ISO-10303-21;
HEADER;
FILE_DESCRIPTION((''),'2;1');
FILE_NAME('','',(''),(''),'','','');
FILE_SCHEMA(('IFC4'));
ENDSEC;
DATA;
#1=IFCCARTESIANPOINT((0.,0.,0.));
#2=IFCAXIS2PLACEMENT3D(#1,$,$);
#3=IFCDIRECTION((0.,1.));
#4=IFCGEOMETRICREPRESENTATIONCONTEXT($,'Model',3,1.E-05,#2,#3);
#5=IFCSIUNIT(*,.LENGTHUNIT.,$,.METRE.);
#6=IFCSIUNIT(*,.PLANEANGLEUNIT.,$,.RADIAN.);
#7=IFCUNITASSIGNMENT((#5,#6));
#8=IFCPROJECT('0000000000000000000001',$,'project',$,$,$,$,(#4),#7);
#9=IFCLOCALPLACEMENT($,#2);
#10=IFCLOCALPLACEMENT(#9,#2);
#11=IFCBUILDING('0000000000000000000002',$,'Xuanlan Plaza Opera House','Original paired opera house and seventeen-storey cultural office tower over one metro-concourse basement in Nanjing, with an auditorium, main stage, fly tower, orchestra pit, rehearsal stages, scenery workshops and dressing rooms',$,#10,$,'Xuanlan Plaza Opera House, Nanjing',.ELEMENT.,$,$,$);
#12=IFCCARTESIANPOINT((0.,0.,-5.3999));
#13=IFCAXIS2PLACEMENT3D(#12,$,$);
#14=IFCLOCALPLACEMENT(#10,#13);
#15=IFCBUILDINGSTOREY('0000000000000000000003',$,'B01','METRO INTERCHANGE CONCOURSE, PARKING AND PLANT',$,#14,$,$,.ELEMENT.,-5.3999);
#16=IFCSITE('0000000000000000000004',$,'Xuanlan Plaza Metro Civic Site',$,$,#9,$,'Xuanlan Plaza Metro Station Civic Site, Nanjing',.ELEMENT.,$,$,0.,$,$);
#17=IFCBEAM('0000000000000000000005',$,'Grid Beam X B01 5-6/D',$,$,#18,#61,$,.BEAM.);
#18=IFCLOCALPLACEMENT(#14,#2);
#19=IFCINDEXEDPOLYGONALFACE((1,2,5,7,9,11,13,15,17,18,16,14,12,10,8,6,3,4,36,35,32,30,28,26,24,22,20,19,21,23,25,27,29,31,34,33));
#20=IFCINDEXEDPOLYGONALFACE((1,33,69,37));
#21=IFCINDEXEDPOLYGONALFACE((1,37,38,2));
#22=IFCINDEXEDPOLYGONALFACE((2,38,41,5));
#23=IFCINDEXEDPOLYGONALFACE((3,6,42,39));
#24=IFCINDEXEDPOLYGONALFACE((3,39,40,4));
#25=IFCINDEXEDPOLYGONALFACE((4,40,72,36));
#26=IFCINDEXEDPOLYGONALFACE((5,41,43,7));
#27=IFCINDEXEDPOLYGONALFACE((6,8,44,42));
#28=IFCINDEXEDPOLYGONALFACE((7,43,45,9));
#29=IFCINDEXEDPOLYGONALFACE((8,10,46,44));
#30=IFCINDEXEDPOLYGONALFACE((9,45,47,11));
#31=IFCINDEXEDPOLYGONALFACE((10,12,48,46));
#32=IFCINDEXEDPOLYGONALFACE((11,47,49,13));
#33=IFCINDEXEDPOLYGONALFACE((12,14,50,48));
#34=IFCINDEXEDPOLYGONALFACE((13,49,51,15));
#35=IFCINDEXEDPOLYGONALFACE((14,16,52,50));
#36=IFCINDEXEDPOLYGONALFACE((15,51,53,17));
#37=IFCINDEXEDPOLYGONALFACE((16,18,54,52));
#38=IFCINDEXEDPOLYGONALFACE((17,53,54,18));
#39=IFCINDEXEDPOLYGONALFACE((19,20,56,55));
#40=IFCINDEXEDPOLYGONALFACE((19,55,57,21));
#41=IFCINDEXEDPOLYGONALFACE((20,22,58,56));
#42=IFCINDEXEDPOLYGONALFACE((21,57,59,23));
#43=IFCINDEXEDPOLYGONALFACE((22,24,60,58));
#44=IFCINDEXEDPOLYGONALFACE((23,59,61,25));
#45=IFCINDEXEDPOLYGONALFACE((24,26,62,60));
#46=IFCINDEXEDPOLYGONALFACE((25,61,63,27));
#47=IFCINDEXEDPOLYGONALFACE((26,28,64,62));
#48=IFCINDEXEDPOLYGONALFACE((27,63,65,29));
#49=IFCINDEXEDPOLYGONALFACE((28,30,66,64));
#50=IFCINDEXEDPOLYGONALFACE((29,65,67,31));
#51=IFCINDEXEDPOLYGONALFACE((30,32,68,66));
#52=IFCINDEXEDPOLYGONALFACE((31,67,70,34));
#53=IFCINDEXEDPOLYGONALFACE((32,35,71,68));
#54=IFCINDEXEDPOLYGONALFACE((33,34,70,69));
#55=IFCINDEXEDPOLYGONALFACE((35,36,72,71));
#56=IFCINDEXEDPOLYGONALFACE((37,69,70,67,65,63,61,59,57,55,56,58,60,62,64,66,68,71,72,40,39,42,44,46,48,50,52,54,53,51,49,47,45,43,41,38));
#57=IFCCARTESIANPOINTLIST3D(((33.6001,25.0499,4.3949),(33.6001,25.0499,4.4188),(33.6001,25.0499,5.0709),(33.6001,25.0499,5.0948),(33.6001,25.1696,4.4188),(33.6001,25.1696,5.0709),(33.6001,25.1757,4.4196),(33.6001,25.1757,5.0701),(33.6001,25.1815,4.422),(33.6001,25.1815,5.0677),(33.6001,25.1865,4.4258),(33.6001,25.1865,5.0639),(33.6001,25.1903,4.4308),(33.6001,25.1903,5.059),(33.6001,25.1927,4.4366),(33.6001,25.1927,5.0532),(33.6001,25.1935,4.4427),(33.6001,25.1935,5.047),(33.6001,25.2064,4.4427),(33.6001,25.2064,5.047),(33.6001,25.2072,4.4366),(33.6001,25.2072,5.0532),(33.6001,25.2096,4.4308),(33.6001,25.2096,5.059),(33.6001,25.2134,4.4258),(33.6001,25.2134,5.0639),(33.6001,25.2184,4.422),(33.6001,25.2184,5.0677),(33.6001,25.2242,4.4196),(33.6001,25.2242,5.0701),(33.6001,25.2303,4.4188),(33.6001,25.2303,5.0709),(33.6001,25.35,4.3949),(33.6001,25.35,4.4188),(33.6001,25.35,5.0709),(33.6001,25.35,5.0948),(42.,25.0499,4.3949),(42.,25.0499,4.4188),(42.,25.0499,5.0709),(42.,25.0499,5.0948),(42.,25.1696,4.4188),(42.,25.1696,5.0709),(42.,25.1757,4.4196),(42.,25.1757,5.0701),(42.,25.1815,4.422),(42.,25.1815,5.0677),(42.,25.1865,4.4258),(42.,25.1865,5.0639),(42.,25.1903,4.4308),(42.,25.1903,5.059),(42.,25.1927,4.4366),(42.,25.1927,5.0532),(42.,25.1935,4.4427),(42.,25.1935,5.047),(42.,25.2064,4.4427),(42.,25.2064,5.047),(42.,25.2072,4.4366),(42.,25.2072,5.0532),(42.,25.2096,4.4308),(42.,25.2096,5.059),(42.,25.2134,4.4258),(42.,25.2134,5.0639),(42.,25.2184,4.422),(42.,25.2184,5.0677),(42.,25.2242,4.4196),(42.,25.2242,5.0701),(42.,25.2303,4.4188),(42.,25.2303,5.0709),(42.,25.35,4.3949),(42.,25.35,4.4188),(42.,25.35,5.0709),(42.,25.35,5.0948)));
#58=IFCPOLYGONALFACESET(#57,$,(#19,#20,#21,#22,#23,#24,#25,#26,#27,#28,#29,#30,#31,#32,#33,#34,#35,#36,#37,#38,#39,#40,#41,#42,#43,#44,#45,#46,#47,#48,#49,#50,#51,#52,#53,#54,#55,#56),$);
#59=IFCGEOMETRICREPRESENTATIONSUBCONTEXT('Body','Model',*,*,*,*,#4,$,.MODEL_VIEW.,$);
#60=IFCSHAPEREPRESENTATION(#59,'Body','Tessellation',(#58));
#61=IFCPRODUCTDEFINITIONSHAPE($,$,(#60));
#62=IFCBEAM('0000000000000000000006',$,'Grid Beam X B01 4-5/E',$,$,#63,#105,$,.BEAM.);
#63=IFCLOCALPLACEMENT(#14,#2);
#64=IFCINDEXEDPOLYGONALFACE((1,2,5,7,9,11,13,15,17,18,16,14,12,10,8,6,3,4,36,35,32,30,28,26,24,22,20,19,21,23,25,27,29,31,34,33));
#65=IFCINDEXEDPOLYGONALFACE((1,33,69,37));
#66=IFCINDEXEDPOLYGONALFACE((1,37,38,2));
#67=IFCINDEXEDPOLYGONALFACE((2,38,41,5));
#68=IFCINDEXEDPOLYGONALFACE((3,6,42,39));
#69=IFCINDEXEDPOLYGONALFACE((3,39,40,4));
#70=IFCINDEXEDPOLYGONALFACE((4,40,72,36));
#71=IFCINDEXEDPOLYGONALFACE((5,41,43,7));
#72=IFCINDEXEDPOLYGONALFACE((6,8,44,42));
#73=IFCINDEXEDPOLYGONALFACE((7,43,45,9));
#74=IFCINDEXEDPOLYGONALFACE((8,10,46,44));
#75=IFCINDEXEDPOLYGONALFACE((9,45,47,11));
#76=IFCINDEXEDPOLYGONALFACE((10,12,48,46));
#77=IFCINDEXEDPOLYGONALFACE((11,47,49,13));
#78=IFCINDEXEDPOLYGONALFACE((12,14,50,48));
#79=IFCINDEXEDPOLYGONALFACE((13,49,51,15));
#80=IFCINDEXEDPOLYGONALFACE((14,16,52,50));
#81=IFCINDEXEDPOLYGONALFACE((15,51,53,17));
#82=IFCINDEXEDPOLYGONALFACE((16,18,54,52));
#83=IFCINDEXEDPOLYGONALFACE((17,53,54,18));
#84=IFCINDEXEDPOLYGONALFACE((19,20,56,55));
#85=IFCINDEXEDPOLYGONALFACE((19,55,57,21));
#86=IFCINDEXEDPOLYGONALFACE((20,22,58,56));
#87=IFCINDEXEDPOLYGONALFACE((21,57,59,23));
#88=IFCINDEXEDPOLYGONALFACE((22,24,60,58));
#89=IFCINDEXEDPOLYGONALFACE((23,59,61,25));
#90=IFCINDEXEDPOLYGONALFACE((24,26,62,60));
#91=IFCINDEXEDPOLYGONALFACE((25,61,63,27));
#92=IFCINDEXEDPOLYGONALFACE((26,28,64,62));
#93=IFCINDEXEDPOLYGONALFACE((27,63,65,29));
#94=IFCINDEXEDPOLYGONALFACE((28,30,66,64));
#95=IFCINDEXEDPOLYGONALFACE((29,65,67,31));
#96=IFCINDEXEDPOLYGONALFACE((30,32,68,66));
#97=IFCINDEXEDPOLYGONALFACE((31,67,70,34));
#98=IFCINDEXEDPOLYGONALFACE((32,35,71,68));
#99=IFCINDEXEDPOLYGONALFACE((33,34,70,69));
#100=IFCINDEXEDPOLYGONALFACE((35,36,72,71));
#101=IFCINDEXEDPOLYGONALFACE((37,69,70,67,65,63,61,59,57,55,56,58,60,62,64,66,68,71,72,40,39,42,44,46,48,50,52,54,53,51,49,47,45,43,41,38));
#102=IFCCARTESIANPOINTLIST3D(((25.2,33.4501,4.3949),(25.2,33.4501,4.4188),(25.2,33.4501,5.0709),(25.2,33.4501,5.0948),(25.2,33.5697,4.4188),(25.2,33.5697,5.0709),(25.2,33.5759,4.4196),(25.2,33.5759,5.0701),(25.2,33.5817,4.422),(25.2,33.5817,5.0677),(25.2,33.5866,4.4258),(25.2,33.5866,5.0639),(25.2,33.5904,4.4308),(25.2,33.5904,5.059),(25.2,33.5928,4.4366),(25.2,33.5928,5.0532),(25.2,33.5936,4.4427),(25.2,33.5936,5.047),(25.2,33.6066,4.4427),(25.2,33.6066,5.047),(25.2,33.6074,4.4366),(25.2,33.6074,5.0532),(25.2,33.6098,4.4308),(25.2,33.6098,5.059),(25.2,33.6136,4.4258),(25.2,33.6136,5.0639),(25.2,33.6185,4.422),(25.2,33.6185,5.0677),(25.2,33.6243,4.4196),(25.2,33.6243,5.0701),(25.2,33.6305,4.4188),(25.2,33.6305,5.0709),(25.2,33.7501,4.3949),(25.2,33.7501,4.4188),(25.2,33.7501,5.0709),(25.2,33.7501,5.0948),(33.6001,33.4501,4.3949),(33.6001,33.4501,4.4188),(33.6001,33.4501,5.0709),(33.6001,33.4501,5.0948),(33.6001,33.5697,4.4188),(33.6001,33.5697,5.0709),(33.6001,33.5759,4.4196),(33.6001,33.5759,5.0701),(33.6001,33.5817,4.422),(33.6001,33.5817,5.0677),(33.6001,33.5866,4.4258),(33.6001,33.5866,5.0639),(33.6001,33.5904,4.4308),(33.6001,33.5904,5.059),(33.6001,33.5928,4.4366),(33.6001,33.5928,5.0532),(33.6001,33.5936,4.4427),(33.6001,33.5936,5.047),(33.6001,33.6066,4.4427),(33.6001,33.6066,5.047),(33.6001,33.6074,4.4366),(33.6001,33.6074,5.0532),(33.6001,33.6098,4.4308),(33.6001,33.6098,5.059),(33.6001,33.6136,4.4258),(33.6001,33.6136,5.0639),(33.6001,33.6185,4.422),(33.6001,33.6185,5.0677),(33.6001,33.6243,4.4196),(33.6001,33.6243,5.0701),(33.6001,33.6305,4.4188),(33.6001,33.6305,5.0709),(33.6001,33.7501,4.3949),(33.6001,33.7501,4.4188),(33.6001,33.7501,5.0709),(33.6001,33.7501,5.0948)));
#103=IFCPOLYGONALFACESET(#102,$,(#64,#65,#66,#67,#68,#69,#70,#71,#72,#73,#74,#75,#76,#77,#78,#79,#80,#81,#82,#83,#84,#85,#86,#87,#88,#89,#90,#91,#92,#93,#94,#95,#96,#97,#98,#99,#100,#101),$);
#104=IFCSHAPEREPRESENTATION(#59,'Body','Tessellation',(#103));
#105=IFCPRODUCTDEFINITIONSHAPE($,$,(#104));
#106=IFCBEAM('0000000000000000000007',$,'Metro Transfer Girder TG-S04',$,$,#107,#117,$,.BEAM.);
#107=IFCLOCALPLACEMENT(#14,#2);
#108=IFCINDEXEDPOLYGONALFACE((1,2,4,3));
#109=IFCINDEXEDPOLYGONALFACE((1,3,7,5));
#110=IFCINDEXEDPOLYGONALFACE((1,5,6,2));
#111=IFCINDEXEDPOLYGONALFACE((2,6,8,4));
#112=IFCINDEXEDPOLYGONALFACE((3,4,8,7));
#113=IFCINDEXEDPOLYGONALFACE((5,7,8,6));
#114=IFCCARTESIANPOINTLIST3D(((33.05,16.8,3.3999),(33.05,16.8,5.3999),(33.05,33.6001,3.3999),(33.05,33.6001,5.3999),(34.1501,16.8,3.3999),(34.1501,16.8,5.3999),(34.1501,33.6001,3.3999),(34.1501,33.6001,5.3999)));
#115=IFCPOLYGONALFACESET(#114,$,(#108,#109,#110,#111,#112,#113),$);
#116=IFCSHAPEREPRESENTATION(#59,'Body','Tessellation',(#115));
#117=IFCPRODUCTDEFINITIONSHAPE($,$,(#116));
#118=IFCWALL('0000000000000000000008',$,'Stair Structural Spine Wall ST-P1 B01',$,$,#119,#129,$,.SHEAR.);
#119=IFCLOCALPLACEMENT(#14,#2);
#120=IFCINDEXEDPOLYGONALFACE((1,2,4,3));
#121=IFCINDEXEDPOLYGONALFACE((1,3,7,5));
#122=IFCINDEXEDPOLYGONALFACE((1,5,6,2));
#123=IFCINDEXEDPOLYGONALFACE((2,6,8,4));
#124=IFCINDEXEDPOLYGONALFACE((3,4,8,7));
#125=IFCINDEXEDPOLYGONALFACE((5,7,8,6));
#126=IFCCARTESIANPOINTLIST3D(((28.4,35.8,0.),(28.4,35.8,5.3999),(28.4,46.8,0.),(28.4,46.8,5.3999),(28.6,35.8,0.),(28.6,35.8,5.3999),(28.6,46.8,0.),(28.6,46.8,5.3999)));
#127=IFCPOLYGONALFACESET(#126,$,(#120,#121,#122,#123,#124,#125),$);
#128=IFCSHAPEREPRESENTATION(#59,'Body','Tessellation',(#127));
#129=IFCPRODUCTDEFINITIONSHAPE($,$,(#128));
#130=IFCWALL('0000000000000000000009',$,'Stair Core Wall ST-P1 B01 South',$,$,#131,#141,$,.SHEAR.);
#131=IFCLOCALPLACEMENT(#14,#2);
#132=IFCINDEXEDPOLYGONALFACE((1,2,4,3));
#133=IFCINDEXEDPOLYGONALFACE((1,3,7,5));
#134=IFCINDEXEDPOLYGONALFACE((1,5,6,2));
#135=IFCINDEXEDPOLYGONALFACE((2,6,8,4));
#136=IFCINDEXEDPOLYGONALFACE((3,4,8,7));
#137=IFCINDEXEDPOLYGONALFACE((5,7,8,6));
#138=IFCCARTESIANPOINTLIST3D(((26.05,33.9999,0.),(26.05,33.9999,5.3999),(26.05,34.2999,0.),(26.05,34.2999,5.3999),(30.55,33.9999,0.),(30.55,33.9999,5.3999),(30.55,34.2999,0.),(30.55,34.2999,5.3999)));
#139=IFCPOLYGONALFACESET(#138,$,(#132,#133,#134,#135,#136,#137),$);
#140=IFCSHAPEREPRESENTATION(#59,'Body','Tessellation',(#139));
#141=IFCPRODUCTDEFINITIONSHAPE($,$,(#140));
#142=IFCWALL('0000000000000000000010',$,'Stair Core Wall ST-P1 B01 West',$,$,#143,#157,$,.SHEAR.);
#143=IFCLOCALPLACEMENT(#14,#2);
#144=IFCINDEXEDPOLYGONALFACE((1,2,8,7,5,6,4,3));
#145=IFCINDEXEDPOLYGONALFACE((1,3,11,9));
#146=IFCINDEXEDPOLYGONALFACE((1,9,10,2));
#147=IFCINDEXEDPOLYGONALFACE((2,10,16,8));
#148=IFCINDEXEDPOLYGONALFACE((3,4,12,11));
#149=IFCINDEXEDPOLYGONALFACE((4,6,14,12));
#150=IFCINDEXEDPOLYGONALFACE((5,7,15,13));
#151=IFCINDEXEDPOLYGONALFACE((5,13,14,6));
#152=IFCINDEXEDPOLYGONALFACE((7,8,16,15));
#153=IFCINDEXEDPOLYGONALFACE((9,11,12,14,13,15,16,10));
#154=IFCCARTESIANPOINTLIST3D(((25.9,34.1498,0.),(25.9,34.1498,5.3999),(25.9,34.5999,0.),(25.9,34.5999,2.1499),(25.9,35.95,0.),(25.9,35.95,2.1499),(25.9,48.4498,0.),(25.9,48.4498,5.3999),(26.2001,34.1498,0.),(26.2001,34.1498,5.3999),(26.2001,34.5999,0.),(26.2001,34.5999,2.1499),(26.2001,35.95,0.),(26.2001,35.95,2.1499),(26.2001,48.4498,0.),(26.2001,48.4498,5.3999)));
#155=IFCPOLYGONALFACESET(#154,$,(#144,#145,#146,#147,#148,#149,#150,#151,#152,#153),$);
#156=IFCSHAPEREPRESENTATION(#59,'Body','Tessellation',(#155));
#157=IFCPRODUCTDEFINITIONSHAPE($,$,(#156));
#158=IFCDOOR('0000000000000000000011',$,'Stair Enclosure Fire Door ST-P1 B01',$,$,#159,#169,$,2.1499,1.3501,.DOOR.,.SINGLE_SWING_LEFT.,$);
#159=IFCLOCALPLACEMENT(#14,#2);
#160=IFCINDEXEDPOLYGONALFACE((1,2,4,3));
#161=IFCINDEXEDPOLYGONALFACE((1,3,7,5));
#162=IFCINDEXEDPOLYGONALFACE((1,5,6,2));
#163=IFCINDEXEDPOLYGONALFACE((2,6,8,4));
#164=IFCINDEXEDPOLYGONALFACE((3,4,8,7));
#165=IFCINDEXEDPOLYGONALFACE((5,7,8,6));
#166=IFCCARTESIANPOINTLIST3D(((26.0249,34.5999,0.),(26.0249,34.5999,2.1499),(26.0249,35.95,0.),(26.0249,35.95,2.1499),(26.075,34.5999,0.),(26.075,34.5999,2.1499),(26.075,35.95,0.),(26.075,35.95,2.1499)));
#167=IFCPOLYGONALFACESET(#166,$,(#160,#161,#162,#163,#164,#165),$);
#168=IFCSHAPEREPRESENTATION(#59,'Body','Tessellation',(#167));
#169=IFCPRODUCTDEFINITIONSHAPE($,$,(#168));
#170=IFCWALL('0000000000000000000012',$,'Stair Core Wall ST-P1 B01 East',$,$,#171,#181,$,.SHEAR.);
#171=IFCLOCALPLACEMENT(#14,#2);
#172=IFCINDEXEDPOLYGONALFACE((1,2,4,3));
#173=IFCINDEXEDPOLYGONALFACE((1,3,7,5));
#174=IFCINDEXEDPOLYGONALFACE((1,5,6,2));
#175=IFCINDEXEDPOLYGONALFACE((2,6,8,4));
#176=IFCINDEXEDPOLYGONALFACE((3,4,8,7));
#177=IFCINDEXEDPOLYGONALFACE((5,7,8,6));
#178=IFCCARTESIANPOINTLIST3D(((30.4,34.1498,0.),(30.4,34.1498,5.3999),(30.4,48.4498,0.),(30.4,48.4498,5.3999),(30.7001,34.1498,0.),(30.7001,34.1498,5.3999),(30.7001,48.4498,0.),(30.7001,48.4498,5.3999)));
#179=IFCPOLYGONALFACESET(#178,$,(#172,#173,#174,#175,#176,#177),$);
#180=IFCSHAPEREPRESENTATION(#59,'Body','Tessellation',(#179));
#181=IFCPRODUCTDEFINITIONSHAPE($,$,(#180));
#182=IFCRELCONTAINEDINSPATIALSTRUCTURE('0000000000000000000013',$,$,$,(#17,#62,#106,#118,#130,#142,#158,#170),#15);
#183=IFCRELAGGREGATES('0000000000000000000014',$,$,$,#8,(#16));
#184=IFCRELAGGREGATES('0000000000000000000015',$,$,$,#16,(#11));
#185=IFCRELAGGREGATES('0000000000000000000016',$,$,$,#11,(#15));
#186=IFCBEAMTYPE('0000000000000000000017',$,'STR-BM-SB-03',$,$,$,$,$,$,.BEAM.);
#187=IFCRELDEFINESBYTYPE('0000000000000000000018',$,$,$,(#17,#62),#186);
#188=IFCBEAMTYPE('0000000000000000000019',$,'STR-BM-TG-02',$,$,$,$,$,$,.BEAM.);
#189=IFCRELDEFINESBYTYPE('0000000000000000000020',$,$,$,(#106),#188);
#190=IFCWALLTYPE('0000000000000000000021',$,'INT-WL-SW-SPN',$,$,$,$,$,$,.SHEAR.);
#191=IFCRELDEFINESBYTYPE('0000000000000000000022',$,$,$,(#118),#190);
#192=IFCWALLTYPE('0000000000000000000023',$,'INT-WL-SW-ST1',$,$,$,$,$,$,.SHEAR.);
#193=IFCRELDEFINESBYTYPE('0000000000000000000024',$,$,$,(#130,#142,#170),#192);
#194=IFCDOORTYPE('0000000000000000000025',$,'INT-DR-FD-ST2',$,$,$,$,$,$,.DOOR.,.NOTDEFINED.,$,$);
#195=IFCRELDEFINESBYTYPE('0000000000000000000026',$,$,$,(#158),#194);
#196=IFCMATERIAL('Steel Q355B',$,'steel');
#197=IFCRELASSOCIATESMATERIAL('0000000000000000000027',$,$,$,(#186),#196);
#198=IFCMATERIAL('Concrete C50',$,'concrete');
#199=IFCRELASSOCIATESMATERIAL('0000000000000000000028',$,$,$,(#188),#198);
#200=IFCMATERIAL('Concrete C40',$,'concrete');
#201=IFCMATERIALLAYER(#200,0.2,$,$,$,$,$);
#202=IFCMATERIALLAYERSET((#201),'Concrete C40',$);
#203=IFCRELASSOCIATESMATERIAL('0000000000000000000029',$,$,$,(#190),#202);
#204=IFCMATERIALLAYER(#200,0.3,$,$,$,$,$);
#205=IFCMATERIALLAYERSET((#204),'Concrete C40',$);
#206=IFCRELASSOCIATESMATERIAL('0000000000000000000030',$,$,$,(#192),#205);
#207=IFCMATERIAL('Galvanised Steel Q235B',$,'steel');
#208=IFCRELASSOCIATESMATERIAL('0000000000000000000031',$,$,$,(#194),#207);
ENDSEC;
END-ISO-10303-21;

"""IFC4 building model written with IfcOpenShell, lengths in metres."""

from ifc_helpers import new_model, si_unit, direction, frame, frame_2d, origin, origin_2d, place, context, subcontext, project, spatial, rectangle, i_section, extrude, material, layer, layer_set, material_profile, profile_set, type_object, element, fill, save


model = new_model("IFC4")

# Units and contexts
model_context = context("Model", 3, precision=1e-05, world=origin(), true_north=direction((0.0, 1.0)))
body_context = subcontext(model_context, "Body", "Model", "MODEL_VIEW")
ifc_project = project(units=[si_unit("LENGTHUNIT", "METRE"), si_unit("PLANEANGLEUNIT", "RADIAN")], contexts=[model_context])

# Site, building, storey
site_placement = place(None, origin())
site = spatial("IfcSite", under=ifc_project, at=site_placement, Name="Xuanlan Plaza Metro Civic Site", LongName="Xuanlan Plaza Metro Station Civic Site, Nanjing", CompositionType="ELEMENT", RefElevation=0.0)
building_placement = place(site_placement, origin())
building = spatial("IfcBuilding", under=site, at=building_placement, Name="Xuanlan Plaza Opera House", Description="Original paired opera house and seventeen-storey cultural office tower over one metro-concourse basement in Nanjing, with an auditorium, main stage, fly tower, orchestra pit, rehearsal stages, scenery workshops and dressing rooms", LongName="Xuanlan Plaza Opera House, Nanjing", CompositionType="ELEMENT")
storey_placement = place(building_placement, frame((0.0, 0.0, -5.3999)))
storey = spatial("IfcBuildingStorey", under=building, at=storey_placement, Name="B01", Description="METRO INTERCHANGE CONCOURSE, PARKING AND PLANT", CompositionType="ELEMENT", Elevation=-5.3999)

# Shared definitions
ifc_material_1 = material(Name="Concrete C50", Category="concrete")

# Shared definitions
ifc_material_2 = material(Name="Concrete C40", Category="concrete")

# Beams
ifc_material_3 = material(Name="Steel Q355B", Category="steel")
ifc_material_profile_1 = material_profile(ifc_material_3, i_section(OverallWidth=0.3, OverallDepth=0.7, WebThickness=0.0129, FlangeThickness=0.0239, FilletRadius=0.0239, at=origin_2d()), Name="HN 700x300x13x24")
ifc_profile_set_1 = profile_set([ifc_material_profile_1], Name="Steel Q355B")
beam_type_1 = type_object("IfcBeamType", Name="STR-BM-SB-03", PredefinedType="BEAM", material=ifc_profile_set_1)
beam_1_placement = place(storey_placement, frame((33.6001, 25.2, 4.7449), z_axis=(1.0, 0.0, 0.0), x_axis=(0.0, 1.0, 0.0)))
element("IfcBeam", 1, at=beam_1_placement, inside=storey, type_object=beam_type_1, Name="Grid Beam X B01 5-6/D", PredefinedType="BEAM", context=body_context, shape_type="SweptSolid", body=[
    extrude(i_section(OverallWidth=0.3, OverallDepth=0.7, WebThickness=0.0129, FlangeThickness=0.0239, FilletRadius=0.0239, at=origin_2d()), origin(), (0.0, 0.0, 1.0), 8.3999),
])
beam_2_placement = place(storey_placement, frame((25.2, 33.6001, 4.7449), z_axis=(1.0, 0.0, 0.0), x_axis=(0.0, 1.0, 0.0)))
element("IfcBeam", 2, at=beam_2_placement, inside=storey, type_object=beam_type_1, Name="Grid Beam X B01 4-5/E", PredefinedType="BEAM", context=body_context, shape_type="SweptSolid", body=[
    extrude(i_section(OverallWidth=0.3, OverallDepth=0.7, WebThickness=0.0129, FlangeThickness=0.0239, FilletRadius=0.0239, at=origin_2d()), origin(), (0.0, 0.0, 1.0), 8.4001),
])
ifc_material_profile_2 = material_profile(ifc_material_1, rectangle(XDim=1.1001, YDim=2.0, at=origin_2d()), Name="RC-TG 1100x2000")
ifc_profile_set_2 = profile_set([ifc_material_profile_2], Name="Concrete C50")
beam_type_2 = type_object("IfcBeamType", Name="STR-BM-TG-02", PredefinedType="BEAM", material=ifc_profile_set_2)
beam_3_placement = place(storey_placement, frame((33.6001, 16.8, 4.3999), z_axis=(0.0, 1.0, 0.0), x_axis=(-1.0, 0.0, 0.0)))
element("IfcBeam", 3, at=beam_3_placement, inside=storey, type_object=beam_type_2, Name="Metro Transfer Girder TG-S04", PredefinedType="BEAM", context=body_context, shape_type="SweptSolid", body=[
    extrude(rectangle(XDim=1.1001, YDim=2.0, at=origin_2d()), origin(), (0.0, 0.0, 1.0), 16.8),
])

# Walls
ifc_layer_1 = layer(ifc_material_2, 0.2)
ifc_layer_set_1 = layer_set([ifc_layer_1], Name="Concrete C40")
wall_type_1 = type_object("IfcWallType", Name="INT-WL-SW-SPN", PredefinedType="SHEAR", material=ifc_layer_set_1)
wall_1_placement = place(storey_placement, frame((28.5, 35.8, 0.0), z_axis=(0.0, 0.0, 1.0), x_axis=(0.0, 1.0, 0.0)))
element("IfcWall", 4, at=wall_1_placement, inside=storey, type_object=wall_type_1, Name="Stair Structural Spine Wall ST-P1 B01", PredefinedType="SHEAR", context=body_context, shape_type="SweptSolid", body=[
    extrude(rectangle(XDim=11.0, YDim=0.2, at=frame_2d((5.5, 0.0))), origin(), (0.0, 0.0, 1.0), 5.3999),
])
ifc_layer_2 = layer(ifc_material_2, 0.3)
ifc_layer_set_2 = layer_set([ifc_layer_2], Name="Concrete C40")
wall_type_2 = type_object("IfcWallType", Name="INT-WL-SW-ST1", PredefinedType="SHEAR", material=ifc_layer_set_2)
wall_2_placement = place(storey_placement, frame((26.05, 34.1499, 0.0), z_axis=(0.0, 0.0, 1.0), x_axis=(1.0, 0.0, 0.0)))
element("IfcWall", 5, at=wall_2_placement, inside=storey, type_object=wall_type_2, Name="Stair Core Wall ST-P1 B01 South", PredefinedType="SHEAR", context=body_context, shape_type="SweptSolid", body=[
    extrude(rectangle(XDim=4.5, YDim=0.3, at=frame_2d((2.25, 0.0))), origin(), (0.0, 0.0, 1.0), 5.3999),
])

# Wall, opening, door
wall_3_placement = place(storey_placement, frame((26.05, 34.1499, 0.0), z_axis=(0.0, 0.0, 1.0), x_axis=(0.0, 1.0, 0.0)))
wall_3 = element("IfcWall", 6, at=wall_3_placement, inside=storey, type_object=wall_type_2, Name="Stair Core Wall ST-P1 B01 West", PredefinedType="SHEAR", context=body_context, shape_type="SweptSolid", body=[
    extrude(rectangle(XDim=14.3, YDim=0.3, at=frame_2d((7.1499, 0.0))), origin(), (0.0, 0.0, 1.0), 5.3999),
])
opening_placement = place(wall_3_placement, frame((0.45, 0.0, 0.0)))
opening = element("IfcOpeningElement", 7, at=opening_placement, cuts=wall_3, PredefinedType="OPENING", context=body_context, shape_type="SweptSolid", body=[
    extrude(rectangle(XDim=1.3501, YDim=2.1499, at=frame_2d((0.675, 1.075))), frame((0.0, 0.1599, 0.0), z_axis=(0.0, -1.0, 0.0), x_axis=(1.0, 0.0, 0.0)), (0.0, 0.0, 1.0), 0.3201),
])
ifc_material_4 = material(Name="Galvanised Steel Q235B", Category="steel")
door_type = type_object("IfcDoorType", Name="INT-DR-FD-ST2", OperationType="NOTDEFINED", PredefinedType="DOOR", material=ifc_material_4)
door_placement = place(opening_placement, frame((1.3501, 0.0, 0.0), z_axis=(0.0, 0.0, 1.0), x_axis=(-1.0, 0.0, 0.0)))
door = element("IfcDoor", 8, at=door_placement, inside=storey, type_object=door_type, Name="Stair Enclosure Fire Door ST-P1 B01", OperationType="SINGLE_SWING_LEFT", OverallHeight=2.1499, OverallWidth=1.3501, PredefinedType="DOOR", context=body_context, shape_type="SweptSolid", body=[
    extrude(rectangle(XDim=1.3501, YDim=2.1499, at=frame_2d((0.675, 1.075))), frame((0.0, 0.0249, 0.0), z_axis=(0.0, -1.0, 0.0), x_axis=(1.0, 0.0, 0.0)), (0.0, 0.0, 1.0), 0.05),
])
fill(opening, door)

# Wall
wall_4_placement = place(storey_placement, frame((30.55, 34.1499, 0.0), z_axis=(0.0, 0.0, 1.0), x_axis=(0.0, 1.0, 0.0)))
element("IfcWall", 9, at=wall_4_placement, inside=storey, type_object=wall_type_2, Name="Stair Core Wall ST-P1 B01 East", PredefinedType="SHEAR", context=body_context, shape_type="SweptSolid", body=[
    extrude(rectangle(XDim=14.3, YDim=0.3, at=frame_2d((7.1499, 0.0))), origin(), (0.0, 0.0, 1.0), 5.3999),
])

save(model, "model.ifc")
